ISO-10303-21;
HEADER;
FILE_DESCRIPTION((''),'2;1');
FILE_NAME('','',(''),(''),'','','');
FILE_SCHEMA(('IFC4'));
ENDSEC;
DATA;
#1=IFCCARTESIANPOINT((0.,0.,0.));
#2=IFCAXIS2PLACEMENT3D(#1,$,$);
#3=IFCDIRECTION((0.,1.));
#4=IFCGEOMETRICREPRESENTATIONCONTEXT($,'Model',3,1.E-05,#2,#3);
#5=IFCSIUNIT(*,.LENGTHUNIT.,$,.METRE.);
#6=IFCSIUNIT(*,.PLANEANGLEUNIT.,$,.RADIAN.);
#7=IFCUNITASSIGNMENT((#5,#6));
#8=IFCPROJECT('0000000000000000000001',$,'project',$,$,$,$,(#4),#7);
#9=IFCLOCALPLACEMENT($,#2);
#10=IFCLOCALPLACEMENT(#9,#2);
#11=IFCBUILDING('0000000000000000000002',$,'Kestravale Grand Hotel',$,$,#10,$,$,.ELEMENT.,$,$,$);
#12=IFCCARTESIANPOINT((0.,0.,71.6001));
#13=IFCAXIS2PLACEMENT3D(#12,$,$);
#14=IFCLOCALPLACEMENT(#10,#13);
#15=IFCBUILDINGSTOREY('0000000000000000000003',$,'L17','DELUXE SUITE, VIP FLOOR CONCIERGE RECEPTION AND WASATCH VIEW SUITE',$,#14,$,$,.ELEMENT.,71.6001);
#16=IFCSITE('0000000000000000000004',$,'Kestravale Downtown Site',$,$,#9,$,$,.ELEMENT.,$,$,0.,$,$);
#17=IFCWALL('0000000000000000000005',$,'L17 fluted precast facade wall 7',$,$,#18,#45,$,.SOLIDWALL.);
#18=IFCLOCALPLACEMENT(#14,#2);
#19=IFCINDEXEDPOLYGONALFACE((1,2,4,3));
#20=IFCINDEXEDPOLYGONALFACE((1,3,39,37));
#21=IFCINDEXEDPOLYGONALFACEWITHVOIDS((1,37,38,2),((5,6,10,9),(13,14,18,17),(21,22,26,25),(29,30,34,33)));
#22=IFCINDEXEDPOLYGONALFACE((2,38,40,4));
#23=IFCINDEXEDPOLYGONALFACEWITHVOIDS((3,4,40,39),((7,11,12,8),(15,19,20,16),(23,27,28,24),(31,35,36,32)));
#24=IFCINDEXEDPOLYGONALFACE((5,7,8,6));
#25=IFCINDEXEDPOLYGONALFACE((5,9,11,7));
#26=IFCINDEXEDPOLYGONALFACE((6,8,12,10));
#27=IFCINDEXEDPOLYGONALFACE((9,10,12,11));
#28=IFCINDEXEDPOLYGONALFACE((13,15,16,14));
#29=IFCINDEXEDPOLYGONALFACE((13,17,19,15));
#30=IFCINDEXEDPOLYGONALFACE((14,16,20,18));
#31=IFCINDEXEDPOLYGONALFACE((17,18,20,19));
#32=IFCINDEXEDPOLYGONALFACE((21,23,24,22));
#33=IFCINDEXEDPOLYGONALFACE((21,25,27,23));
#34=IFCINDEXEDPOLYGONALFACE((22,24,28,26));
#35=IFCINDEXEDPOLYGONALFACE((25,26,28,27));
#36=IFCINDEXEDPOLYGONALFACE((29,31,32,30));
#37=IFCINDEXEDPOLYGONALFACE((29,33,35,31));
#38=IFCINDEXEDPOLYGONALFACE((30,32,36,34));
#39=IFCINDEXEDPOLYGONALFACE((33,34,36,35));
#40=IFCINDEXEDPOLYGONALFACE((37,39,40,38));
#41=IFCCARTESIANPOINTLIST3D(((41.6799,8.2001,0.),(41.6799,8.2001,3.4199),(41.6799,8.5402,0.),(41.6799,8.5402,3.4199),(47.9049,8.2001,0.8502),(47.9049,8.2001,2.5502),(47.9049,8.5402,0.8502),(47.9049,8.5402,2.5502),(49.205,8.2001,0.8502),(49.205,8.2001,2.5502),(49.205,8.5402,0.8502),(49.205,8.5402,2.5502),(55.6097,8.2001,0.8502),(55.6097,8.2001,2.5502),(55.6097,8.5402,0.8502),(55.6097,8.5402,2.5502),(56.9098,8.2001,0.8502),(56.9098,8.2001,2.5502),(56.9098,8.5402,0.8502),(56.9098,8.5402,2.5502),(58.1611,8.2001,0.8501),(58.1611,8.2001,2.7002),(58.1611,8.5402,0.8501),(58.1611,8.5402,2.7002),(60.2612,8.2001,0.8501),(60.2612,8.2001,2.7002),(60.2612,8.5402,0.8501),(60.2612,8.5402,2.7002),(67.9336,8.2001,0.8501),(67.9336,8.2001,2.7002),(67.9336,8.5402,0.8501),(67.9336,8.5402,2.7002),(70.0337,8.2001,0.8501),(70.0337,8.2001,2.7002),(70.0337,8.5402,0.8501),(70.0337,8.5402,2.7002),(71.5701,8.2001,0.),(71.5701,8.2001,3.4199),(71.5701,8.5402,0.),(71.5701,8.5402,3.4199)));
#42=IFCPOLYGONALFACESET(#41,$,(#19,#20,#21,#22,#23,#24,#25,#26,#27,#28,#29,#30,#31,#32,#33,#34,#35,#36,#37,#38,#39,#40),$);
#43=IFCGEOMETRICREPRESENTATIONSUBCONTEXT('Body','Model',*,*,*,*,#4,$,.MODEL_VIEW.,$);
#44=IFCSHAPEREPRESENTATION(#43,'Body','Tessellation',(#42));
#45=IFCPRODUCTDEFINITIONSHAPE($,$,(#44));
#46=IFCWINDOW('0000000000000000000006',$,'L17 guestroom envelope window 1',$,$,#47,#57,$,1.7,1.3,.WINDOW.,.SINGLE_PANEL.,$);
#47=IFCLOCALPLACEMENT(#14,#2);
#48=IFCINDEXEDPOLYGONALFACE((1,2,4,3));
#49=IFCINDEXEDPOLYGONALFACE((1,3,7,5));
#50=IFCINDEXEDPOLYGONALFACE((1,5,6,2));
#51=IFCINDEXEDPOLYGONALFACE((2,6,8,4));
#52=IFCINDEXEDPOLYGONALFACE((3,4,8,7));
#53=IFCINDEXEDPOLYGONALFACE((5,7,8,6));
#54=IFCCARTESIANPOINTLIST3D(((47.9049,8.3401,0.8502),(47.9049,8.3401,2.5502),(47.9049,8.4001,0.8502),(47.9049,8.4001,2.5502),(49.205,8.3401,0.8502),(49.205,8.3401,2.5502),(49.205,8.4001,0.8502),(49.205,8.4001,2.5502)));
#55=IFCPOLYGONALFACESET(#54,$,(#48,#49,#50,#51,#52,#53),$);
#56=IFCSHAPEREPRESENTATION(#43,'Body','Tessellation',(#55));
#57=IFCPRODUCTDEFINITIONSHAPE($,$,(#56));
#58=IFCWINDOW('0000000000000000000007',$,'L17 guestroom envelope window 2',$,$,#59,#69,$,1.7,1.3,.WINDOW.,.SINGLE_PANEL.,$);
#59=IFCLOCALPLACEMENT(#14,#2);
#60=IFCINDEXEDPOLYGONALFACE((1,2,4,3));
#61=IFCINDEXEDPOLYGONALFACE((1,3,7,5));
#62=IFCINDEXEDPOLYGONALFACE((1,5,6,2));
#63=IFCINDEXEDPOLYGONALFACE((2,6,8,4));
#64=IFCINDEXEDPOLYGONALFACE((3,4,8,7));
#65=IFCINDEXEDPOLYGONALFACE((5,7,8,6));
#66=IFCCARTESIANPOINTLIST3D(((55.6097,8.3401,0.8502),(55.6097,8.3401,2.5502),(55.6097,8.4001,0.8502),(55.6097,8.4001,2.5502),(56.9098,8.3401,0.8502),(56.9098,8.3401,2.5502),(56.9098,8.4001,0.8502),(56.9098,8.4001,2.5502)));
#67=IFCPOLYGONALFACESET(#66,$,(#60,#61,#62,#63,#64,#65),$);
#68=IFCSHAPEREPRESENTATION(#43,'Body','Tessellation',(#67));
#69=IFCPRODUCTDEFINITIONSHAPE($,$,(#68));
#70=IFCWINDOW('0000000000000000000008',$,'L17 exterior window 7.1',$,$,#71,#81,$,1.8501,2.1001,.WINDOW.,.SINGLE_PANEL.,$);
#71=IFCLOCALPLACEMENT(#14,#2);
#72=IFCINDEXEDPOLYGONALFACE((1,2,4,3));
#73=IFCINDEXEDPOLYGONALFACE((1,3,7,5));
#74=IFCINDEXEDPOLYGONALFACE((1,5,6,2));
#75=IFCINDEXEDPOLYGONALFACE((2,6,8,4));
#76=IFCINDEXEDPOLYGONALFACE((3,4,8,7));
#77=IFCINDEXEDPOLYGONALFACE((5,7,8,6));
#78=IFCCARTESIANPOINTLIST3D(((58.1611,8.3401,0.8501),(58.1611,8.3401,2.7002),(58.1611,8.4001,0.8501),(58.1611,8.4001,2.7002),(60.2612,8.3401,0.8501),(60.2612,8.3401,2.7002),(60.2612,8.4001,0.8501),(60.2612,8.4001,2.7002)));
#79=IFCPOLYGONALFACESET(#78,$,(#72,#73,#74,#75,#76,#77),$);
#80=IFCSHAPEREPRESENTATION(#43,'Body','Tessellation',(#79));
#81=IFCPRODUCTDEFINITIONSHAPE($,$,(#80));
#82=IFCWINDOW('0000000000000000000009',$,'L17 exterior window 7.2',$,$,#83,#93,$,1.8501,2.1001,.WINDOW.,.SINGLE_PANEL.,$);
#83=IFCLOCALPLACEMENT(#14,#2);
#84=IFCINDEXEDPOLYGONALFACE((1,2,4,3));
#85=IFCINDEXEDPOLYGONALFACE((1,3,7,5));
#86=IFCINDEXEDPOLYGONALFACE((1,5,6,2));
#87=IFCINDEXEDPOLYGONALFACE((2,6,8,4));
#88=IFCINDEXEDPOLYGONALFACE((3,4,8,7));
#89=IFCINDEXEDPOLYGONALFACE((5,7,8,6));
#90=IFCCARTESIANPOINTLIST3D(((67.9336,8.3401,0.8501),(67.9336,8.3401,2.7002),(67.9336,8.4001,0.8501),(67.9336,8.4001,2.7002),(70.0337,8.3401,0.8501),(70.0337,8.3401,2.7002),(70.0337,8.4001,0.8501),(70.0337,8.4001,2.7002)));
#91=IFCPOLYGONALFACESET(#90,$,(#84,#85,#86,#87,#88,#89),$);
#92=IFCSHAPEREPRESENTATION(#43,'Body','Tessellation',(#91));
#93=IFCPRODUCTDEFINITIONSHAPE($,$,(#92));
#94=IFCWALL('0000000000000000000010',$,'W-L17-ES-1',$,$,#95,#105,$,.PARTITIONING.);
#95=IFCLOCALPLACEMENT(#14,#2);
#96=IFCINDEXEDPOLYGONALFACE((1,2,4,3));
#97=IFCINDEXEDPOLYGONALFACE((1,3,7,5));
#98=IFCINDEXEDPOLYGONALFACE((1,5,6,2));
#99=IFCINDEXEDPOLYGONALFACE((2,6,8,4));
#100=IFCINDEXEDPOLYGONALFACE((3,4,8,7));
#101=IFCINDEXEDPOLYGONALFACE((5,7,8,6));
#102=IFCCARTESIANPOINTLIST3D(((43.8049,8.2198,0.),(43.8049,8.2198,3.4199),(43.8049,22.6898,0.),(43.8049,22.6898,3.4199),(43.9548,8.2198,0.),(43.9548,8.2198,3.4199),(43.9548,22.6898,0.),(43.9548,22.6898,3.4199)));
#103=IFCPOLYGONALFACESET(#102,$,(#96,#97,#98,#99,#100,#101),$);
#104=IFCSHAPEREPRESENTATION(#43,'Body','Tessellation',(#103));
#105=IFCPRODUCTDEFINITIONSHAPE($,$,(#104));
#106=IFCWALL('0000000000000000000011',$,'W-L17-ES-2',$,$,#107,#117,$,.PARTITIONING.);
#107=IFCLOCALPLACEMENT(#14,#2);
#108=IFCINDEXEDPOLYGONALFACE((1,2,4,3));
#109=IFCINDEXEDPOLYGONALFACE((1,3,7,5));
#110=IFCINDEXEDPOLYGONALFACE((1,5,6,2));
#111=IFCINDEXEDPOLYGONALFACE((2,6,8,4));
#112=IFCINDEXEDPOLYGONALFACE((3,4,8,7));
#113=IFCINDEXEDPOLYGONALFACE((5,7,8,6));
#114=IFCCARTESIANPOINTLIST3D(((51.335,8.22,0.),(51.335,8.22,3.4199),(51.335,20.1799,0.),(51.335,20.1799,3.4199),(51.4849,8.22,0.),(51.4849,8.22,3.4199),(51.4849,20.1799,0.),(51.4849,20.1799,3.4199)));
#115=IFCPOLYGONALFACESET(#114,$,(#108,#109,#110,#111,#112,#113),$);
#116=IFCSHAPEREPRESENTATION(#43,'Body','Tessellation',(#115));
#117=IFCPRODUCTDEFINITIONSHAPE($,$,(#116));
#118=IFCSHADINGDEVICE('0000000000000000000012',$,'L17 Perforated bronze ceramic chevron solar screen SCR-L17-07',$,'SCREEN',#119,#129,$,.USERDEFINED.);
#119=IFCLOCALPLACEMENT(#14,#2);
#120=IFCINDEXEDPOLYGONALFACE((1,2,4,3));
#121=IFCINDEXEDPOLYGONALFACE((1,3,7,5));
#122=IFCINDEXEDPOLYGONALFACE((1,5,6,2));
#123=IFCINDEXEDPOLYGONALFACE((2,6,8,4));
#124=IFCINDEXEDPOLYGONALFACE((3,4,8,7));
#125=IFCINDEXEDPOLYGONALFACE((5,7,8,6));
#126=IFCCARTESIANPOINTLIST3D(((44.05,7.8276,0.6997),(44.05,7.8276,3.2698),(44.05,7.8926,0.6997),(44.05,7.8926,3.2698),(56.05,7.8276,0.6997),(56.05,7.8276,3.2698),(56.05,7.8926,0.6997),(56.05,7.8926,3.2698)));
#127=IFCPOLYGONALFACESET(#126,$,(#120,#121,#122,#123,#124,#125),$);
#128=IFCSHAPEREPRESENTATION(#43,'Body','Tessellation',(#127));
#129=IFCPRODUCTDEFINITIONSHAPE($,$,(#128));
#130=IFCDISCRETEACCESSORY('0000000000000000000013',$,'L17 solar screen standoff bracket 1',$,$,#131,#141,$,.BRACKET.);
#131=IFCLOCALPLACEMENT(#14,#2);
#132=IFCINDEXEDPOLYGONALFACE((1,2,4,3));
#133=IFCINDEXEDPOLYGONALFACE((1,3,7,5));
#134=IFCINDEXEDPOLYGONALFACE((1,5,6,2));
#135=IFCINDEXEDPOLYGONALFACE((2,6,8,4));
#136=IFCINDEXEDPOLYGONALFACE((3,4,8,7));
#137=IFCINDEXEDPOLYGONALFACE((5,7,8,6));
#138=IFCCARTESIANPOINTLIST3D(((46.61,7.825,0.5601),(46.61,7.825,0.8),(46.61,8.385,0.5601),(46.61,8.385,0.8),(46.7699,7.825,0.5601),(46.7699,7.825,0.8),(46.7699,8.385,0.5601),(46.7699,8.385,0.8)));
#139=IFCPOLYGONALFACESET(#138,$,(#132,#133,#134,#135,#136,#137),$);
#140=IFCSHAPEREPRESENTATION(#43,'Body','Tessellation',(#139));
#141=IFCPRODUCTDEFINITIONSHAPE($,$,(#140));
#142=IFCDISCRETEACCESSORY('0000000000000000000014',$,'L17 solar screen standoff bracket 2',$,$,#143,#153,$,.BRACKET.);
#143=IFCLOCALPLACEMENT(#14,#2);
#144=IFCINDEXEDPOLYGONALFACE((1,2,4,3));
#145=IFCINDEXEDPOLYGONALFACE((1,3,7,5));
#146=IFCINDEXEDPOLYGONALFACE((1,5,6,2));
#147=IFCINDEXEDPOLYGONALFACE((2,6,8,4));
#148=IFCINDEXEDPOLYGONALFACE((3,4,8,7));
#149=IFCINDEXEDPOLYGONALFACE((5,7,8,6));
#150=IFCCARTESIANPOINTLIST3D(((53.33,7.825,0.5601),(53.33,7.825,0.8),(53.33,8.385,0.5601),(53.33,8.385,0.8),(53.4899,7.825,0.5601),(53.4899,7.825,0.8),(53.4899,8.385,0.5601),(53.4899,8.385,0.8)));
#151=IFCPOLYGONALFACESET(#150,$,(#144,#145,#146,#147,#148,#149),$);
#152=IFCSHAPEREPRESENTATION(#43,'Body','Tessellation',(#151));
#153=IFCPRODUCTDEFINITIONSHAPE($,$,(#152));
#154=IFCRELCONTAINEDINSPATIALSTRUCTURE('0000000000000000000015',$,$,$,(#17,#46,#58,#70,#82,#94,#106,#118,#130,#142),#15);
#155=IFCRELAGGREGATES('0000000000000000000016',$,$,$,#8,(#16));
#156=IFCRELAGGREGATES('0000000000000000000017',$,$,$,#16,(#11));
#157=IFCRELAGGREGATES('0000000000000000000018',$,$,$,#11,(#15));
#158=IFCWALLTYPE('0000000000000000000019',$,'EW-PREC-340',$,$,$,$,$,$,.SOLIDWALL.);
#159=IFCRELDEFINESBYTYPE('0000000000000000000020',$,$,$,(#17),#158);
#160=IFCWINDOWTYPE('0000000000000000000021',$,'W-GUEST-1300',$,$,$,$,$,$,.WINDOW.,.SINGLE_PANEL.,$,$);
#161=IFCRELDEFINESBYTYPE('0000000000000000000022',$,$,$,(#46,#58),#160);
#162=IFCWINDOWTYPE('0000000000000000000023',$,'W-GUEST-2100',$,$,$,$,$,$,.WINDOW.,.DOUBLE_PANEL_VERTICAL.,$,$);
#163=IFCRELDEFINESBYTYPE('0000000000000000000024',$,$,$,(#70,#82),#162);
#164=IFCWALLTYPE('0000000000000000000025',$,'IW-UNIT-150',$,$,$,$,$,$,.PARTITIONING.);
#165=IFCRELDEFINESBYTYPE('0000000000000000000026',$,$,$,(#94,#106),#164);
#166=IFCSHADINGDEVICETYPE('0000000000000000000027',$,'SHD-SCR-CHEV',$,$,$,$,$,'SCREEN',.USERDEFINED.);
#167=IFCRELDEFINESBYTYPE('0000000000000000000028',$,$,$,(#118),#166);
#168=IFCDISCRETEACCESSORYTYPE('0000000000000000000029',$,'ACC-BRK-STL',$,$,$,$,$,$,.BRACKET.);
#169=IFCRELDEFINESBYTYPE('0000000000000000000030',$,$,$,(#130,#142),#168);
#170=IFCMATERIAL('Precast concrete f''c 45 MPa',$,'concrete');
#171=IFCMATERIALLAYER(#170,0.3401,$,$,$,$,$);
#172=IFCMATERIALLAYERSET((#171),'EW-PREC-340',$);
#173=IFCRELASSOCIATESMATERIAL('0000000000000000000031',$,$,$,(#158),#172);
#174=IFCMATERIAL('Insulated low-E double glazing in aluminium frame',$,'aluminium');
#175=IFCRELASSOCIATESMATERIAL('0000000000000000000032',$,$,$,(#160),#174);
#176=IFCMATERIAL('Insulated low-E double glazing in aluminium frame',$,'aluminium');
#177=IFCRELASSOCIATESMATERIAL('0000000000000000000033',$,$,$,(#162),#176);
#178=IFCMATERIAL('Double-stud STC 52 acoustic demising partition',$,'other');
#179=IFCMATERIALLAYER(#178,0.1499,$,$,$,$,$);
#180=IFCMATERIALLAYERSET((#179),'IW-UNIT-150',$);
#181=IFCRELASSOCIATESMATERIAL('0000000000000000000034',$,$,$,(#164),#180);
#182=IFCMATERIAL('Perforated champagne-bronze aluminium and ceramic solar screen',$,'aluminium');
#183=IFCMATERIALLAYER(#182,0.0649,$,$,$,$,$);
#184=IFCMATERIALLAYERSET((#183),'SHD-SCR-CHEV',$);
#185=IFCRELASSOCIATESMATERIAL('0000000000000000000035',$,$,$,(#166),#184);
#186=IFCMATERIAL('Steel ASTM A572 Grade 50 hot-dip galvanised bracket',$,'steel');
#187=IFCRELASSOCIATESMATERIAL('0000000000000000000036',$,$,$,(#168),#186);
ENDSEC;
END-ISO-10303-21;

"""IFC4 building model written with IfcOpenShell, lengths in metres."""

from ifc_helpers import new_model, si_unit, direction, frame, frame_2d, origin, origin_2d, place, context, subcontext, project, spatial, rectangle, extrude, material, layer, layer_set, type_object, element, fill, save


model = new_model("IFC4")

# Units and contexts
model_context = context("Model", 3, precision=1e-05, world=origin(), true_north=direction((0.0, 1.0)))
body_context = subcontext(model_context, "Body", "Model", "MODEL_VIEW")
ifc_project = project(units=[si_unit("LENGTHUNIT", "METRE"), si_unit("PLANEANGLEUNIT", "RADIAN")], contexts=[model_context])

# Site, building, storey
site_placement = place(None, origin())
site = spatial("IfcSite", under=ifc_project, at=site_placement, Name="Kestravale Downtown Site", CompositionType="ELEMENT", RefElevation=0.0)
building_placement = place(site_placement, origin())
building = spatial("IfcBuilding", under=site, at=building_placement, Name="Kestravale Grand Hotel", CompositionType="ELEMENT")
storey_placement = place(building_placement, frame((0.0, 0.0, 71.6001)))
storey = spatial("IfcBuildingStorey", under=building, at=storey_placement, Name="L17", Description="DELUXE SUITE, VIP FLOOR CONCIERGE RECEPTION AND WASATCH VIEW SUITE", CompositionType="ELEMENT", Elevation=71.6001)

# Shared definitions
ifc_material_1 = material(Name="Precast concrete f'c 45 MPa", Category="concrete")
ifc_layer_1 = layer(ifc_material_1, 0.3401)
ifc_layer_set_1 = layer_set([ifc_layer_1], Name="EW-PREC-340")
wall_type_1 = type_object("IfcWallType", Name="EW-PREC-340", PredefinedType="SOLIDWALL", material=ifc_layer_set_1)

# Wall, openings, windows
wall_1_placement = place(storey_placement, frame((41.6799, 8.3701, 0.0), z_axis=(0.0, 0.0, 1.0), x_axis=(1.0, 0.0, 0.0)))
wall_1 = element("IfcWall", 1, at=wall_1_placement, inside=storey, type_object=wall_type_1, Name="L17 fluted precast facade wall 7", PredefinedType="SOLIDWALL", context=body_context, shape_type="SweptSolid", body=[
    extrude(rectangle(XDim=29.8901, YDim=0.3401, at=frame_2d((14.9451, 0.0))), origin(), (0.0, 0.0, 1.0), 3.4199),
])
opening_1_placement = place(wall_1_placement, frame((16.4812, 0.0, 0.8501)))
opening_1 = element("IfcOpeningElement", 2, at=opening_1_placement, cuts=wall_1, PredefinedType="OPENING", context=body_context, shape_type="SweptSolid", body=[
    extrude(rectangle(XDim=2.1001, YDim=1.8501, at=frame_2d((1.05, 0.925))), frame((0.0, 0.1799, 0.0), z_axis=(0.0, -1.0, 0.0), x_axis=(1.0, 0.0, 0.0)), (0.0, 0.0, 1.0), 0.3601),
])
opening_2_placement = place(wall_1_placement, frame((26.2537, 0.0, 0.8501)))
opening_2 = element("IfcOpeningElement", 3, at=opening_2_placement, cuts=wall_1, PredefinedType="OPENING", context=body_context, shape_type="SweptSolid", body=[
    extrude(rectangle(XDim=2.1001, YDim=1.8501, at=frame_2d((1.05, 0.925))), frame((0.0, 0.1799, 0.0), z_axis=(0.0, -1.0, 0.0), x_axis=(1.0, 0.0, 0.0)), (0.0, 0.0, 1.0), 0.3601),
])
opening_3_placement = place(wall_1_placement, frame((6.2251, 0.0, 0.8501)))
opening_3 = element("IfcOpeningElement", 4, at=opening_3_placement, cuts=wall_1, PredefinedType="OPENING", context=body_context, shape_type="SweptSolid", body=[
    extrude(rectangle(XDim=1.3, YDim=1.7, at=frame_2d((0.6499, 0.8501))), frame((0.0, 0.1799, 0.0), z_axis=(0.0, -1.0, 0.0), x_axis=(1.0, 0.0, 0.0)), (0.0, 0.0, 1.0), 0.3601),
])
opening_4_placement = place(wall_1_placement, frame((13.9299, 0.0, 0.8501)))
opening_4 = element("IfcOpeningElement", 5, at=opening_4_placement, cuts=wall_1, PredefinedType="OPENING", context=body_context, shape_type="SweptSolid", body=[
    extrude(rectangle(XDim=1.3, YDim=1.7, at=frame_2d((0.6499, 0.8501))), frame((0.0, 0.1799, 0.0), z_axis=(0.0, -1.0, 0.0), x_axis=(1.0, 0.0, 0.0)), (0.0, 0.0, 1.0), 0.3601),
])
ifc_material_2 = material(Name="Insulated low-E double glazing in aluminium frame", Category="aluminium")
window_type_1 = type_object("IfcWindowType", Name="W-GUEST-1300", PartitioningType="SINGLE_PANEL", PredefinedType="WINDOW", material=ifc_material_2)
window_1_placement = place(opening_3_placement, origin())
window_1 = element("IfcWindow", 6, at=window_1_placement, inside=storey, type_object=window_type_1, Name="L17 guestroom envelope window 1", OverallHeight=1.7, OverallWidth=1.3, PartitioningType="SINGLE_PANEL", PredefinedType="WINDOW", context=body_context, shape_type="SweptSolid", body=[
    extrude(rectangle(XDim=1.3, YDim=1.7, at=frame_2d((0.6499, 0.8501))), frame((0.0, 0.03, 0.0), z_axis=(0.0, -1.0, 0.0), x_axis=(1.0, 0.0, 0.0)), (0.0, 0.0, 1.0), 0.0601),
])
fill(opening_3, window_1)
window_2_placement = place(opening_4_placement, origin())
window_2 = element("IfcWindow", 7, at=window_2_placement, inside=storey, type_object=window_type_1, Name="L17 guestroom envelope window 2", OverallHeight=1.7, OverallWidth=1.3, PartitioningType="SINGLE_PANEL", PredefinedType="WINDOW", context=body_context, shape_type="SweptSolid", body=[
    extrude(rectangle(XDim=1.3, YDim=1.7, at=frame_2d((0.6499, 0.8501))), frame((0.0, 0.03, 0.0), z_axis=(0.0, -1.0, 0.0), x_axis=(1.0, 0.0, 0.0)), (0.0, 0.0, 1.0), 0.0601),
])
fill(opening_4, window_2)
ifc_material_3 = material(Name="Insulated low-E double glazing in aluminium frame", Category="aluminium")
window_type_2 = type_object("IfcWindowType", Name="W-GUEST-2100", PartitioningType="DOUBLE_PANEL_VERTICAL", PredefinedType="WINDOW", material=ifc_material_3)
window_3_placement = place(opening_1_placement, origin())
window_3 = element("IfcWindow", 8, at=window_3_placement, inside=storey, type_object=window_type_2, Name="L17 exterior window 7.1", OverallHeight=1.8501, OverallWidth=2.1001, PartitioningType="SINGLE_PANEL", PredefinedType="WINDOW", context=body_context, shape_type="SweptSolid", body=[
    extrude(rectangle(XDim=2.1001, YDim=1.8501, at=frame_2d((1.05, 0.925))), frame((0.0, 0.03, 0.0), z_axis=(0.0, -1.0, 0.0), x_axis=(1.0, 0.0, 0.0)), (0.0, 0.0, 1.0), 0.0601),
])
fill(opening_1, window_3)
window_4_placement = place(opening_2_placement, origin())
window_4 = element("IfcWindow", 9, at=window_4_placement, inside=storey, type_object=window_type_2, Name="L17 exterior window 7.2", OverallHeight=1.8501, OverallWidth=2.1001, PartitioningType="SINGLE_PANEL", PredefinedType="WINDOW", context=body_context, shape_type="SweptSolid", body=[
    extrude(rectangle(XDim=2.1001, YDim=1.8501, at=frame_2d((1.05, 0.925))), frame((0.0, 0.03, 0.0), z_axis=(0.0, -1.0, 0.0), x_axis=(1.0, 0.0, 0.0)), (0.0, 0.0, 1.0), 0.0601),
])
fill(opening_2, window_4)

# Walls
ifc_material_4 = material(Name="Double-stud STC 52 acoustic demising partition", Category="other")
ifc_layer_2 = layer(ifc_material_4, 0.1499)
ifc_layer_set_2 = layer_set([ifc_layer_2], Name="IW-UNIT-150")
wall_type_2 = type_object("IfcWallType", Name="IW-UNIT-150", PredefinedType="PARTITIONING", material=ifc_layer_set_2)
wall_2_placement = place(storey_placement, frame((43.8799, 8.22, 0.0), z_axis=(0.0, 0.0, 1.0), x_axis=(0.0, 1.0, 0.0)))
element("IfcWall", 10, at=wall_2_placement, inside=storey, type_object=wall_type_2, Name="W-L17-ES-1", PredefinedType="PARTITIONING", context=body_context, shape_type="SweptSolid", body=[
    extrude(rectangle(XDim=14.47, YDim=0.1499, at=frame_2d((7.2349, 0.0))), origin(), (0.0, 0.0, 1.0), 3.4199),
])
wall_3_placement = place(storey_placement, frame((51.4099, 8.22, 0.0), z_axis=(0.0, 0.0, 1.0), x_axis=(0.0, 1.0, 0.0)))
element("IfcWall", 11, at=wall_3_placement, inside=storey, type_object=wall_type_2, Name="W-L17-ES-2", PredefinedType="PARTITIONING", context=body_context, shape_type="SweptSolid", body=[
    extrude(rectangle(XDim=11.96, YDim=0.1499, at=frame_2d((5.98, 0.0))), origin(), (0.0, 0.0, 1.0), 3.4199),
])

# Shading device
ifc_material_5 = material(Name="Perforated champagne-bronze aluminium and ceramic solar screen", Category="aluminium")
ifc_layer_3 = layer(ifc_material_5, 0.0649)
ifc_layer_set_3 = layer_set([ifc_layer_3], Name="SHD-SCR-CHEV")
shading_device_type = type_object("IfcShadingDeviceType", Name="SHD-SCR-CHEV", ElementType="SCREEN", PredefinedType="USERDEFINED", material=ifc_layer_set_3)
shading_device_placement = place(storey_placement, frame((50.05, 7.8601, 0.6997), z_axis=(0.0, 0.0, 1.0), x_axis=(1.0, 0.0, 0.0)))
element("IfcShadingDevice", 12, at=shading_device_placement, inside=storey, type_object=shading_device_type, Name="L17 Perforated bronze ceramic chevron solar screen SCR-L17-07", ObjectType="SCREEN", PredefinedType="USERDEFINED", context=body_context, shape_type="SweptSolid", body=[
    extrude(rectangle(XDim=12.0, YDim=0.0649, at=origin_2d()), origin(), (0.0, 0.0, 1.0), 2.5701),
])

# Discrete accessories
ifc_material_6 = material(Name="Steel ASTM A572 Grade 50 hot-dip galvanised bracket", Category="steel")
discrete_accessory_type = type_object("IfcDiscreteAccessoryType", Name="ACC-BRK-STL", PredefinedType="BRACKET", material=ifc_material_6)
for number, where, z_axis, x_axis, name in (
    (13, (46.6899, 8.105, 0.5601), (0.0, 0.0, 1.0), (1.0, 0.0, 0.0), "L17 solar screen standoff bracket 1"),
    (14, (53.4099, 8.105, 0.5601), (0.0, 0.0, 1.0), (1.0, 0.0, 0.0), "L17 solar screen standoff bracket 2"),
):
    element("IfcDiscreteAccessory", number, at=place(storey_placement, frame(where, z_axis=z_axis, x_axis=x_axis)), inside=storey, type_object=discrete_accessory_type, Name=name, PredefinedType="BRACKET", context=body_context, shape_type="SweptSolid", body=[
        extrude(rectangle(XDim=0.1599, YDim=0.5601, at=origin_2d()), origin(), (0.0, 0.0, 1.0), 0.24),
    ])

save(model, "model.ifc")
